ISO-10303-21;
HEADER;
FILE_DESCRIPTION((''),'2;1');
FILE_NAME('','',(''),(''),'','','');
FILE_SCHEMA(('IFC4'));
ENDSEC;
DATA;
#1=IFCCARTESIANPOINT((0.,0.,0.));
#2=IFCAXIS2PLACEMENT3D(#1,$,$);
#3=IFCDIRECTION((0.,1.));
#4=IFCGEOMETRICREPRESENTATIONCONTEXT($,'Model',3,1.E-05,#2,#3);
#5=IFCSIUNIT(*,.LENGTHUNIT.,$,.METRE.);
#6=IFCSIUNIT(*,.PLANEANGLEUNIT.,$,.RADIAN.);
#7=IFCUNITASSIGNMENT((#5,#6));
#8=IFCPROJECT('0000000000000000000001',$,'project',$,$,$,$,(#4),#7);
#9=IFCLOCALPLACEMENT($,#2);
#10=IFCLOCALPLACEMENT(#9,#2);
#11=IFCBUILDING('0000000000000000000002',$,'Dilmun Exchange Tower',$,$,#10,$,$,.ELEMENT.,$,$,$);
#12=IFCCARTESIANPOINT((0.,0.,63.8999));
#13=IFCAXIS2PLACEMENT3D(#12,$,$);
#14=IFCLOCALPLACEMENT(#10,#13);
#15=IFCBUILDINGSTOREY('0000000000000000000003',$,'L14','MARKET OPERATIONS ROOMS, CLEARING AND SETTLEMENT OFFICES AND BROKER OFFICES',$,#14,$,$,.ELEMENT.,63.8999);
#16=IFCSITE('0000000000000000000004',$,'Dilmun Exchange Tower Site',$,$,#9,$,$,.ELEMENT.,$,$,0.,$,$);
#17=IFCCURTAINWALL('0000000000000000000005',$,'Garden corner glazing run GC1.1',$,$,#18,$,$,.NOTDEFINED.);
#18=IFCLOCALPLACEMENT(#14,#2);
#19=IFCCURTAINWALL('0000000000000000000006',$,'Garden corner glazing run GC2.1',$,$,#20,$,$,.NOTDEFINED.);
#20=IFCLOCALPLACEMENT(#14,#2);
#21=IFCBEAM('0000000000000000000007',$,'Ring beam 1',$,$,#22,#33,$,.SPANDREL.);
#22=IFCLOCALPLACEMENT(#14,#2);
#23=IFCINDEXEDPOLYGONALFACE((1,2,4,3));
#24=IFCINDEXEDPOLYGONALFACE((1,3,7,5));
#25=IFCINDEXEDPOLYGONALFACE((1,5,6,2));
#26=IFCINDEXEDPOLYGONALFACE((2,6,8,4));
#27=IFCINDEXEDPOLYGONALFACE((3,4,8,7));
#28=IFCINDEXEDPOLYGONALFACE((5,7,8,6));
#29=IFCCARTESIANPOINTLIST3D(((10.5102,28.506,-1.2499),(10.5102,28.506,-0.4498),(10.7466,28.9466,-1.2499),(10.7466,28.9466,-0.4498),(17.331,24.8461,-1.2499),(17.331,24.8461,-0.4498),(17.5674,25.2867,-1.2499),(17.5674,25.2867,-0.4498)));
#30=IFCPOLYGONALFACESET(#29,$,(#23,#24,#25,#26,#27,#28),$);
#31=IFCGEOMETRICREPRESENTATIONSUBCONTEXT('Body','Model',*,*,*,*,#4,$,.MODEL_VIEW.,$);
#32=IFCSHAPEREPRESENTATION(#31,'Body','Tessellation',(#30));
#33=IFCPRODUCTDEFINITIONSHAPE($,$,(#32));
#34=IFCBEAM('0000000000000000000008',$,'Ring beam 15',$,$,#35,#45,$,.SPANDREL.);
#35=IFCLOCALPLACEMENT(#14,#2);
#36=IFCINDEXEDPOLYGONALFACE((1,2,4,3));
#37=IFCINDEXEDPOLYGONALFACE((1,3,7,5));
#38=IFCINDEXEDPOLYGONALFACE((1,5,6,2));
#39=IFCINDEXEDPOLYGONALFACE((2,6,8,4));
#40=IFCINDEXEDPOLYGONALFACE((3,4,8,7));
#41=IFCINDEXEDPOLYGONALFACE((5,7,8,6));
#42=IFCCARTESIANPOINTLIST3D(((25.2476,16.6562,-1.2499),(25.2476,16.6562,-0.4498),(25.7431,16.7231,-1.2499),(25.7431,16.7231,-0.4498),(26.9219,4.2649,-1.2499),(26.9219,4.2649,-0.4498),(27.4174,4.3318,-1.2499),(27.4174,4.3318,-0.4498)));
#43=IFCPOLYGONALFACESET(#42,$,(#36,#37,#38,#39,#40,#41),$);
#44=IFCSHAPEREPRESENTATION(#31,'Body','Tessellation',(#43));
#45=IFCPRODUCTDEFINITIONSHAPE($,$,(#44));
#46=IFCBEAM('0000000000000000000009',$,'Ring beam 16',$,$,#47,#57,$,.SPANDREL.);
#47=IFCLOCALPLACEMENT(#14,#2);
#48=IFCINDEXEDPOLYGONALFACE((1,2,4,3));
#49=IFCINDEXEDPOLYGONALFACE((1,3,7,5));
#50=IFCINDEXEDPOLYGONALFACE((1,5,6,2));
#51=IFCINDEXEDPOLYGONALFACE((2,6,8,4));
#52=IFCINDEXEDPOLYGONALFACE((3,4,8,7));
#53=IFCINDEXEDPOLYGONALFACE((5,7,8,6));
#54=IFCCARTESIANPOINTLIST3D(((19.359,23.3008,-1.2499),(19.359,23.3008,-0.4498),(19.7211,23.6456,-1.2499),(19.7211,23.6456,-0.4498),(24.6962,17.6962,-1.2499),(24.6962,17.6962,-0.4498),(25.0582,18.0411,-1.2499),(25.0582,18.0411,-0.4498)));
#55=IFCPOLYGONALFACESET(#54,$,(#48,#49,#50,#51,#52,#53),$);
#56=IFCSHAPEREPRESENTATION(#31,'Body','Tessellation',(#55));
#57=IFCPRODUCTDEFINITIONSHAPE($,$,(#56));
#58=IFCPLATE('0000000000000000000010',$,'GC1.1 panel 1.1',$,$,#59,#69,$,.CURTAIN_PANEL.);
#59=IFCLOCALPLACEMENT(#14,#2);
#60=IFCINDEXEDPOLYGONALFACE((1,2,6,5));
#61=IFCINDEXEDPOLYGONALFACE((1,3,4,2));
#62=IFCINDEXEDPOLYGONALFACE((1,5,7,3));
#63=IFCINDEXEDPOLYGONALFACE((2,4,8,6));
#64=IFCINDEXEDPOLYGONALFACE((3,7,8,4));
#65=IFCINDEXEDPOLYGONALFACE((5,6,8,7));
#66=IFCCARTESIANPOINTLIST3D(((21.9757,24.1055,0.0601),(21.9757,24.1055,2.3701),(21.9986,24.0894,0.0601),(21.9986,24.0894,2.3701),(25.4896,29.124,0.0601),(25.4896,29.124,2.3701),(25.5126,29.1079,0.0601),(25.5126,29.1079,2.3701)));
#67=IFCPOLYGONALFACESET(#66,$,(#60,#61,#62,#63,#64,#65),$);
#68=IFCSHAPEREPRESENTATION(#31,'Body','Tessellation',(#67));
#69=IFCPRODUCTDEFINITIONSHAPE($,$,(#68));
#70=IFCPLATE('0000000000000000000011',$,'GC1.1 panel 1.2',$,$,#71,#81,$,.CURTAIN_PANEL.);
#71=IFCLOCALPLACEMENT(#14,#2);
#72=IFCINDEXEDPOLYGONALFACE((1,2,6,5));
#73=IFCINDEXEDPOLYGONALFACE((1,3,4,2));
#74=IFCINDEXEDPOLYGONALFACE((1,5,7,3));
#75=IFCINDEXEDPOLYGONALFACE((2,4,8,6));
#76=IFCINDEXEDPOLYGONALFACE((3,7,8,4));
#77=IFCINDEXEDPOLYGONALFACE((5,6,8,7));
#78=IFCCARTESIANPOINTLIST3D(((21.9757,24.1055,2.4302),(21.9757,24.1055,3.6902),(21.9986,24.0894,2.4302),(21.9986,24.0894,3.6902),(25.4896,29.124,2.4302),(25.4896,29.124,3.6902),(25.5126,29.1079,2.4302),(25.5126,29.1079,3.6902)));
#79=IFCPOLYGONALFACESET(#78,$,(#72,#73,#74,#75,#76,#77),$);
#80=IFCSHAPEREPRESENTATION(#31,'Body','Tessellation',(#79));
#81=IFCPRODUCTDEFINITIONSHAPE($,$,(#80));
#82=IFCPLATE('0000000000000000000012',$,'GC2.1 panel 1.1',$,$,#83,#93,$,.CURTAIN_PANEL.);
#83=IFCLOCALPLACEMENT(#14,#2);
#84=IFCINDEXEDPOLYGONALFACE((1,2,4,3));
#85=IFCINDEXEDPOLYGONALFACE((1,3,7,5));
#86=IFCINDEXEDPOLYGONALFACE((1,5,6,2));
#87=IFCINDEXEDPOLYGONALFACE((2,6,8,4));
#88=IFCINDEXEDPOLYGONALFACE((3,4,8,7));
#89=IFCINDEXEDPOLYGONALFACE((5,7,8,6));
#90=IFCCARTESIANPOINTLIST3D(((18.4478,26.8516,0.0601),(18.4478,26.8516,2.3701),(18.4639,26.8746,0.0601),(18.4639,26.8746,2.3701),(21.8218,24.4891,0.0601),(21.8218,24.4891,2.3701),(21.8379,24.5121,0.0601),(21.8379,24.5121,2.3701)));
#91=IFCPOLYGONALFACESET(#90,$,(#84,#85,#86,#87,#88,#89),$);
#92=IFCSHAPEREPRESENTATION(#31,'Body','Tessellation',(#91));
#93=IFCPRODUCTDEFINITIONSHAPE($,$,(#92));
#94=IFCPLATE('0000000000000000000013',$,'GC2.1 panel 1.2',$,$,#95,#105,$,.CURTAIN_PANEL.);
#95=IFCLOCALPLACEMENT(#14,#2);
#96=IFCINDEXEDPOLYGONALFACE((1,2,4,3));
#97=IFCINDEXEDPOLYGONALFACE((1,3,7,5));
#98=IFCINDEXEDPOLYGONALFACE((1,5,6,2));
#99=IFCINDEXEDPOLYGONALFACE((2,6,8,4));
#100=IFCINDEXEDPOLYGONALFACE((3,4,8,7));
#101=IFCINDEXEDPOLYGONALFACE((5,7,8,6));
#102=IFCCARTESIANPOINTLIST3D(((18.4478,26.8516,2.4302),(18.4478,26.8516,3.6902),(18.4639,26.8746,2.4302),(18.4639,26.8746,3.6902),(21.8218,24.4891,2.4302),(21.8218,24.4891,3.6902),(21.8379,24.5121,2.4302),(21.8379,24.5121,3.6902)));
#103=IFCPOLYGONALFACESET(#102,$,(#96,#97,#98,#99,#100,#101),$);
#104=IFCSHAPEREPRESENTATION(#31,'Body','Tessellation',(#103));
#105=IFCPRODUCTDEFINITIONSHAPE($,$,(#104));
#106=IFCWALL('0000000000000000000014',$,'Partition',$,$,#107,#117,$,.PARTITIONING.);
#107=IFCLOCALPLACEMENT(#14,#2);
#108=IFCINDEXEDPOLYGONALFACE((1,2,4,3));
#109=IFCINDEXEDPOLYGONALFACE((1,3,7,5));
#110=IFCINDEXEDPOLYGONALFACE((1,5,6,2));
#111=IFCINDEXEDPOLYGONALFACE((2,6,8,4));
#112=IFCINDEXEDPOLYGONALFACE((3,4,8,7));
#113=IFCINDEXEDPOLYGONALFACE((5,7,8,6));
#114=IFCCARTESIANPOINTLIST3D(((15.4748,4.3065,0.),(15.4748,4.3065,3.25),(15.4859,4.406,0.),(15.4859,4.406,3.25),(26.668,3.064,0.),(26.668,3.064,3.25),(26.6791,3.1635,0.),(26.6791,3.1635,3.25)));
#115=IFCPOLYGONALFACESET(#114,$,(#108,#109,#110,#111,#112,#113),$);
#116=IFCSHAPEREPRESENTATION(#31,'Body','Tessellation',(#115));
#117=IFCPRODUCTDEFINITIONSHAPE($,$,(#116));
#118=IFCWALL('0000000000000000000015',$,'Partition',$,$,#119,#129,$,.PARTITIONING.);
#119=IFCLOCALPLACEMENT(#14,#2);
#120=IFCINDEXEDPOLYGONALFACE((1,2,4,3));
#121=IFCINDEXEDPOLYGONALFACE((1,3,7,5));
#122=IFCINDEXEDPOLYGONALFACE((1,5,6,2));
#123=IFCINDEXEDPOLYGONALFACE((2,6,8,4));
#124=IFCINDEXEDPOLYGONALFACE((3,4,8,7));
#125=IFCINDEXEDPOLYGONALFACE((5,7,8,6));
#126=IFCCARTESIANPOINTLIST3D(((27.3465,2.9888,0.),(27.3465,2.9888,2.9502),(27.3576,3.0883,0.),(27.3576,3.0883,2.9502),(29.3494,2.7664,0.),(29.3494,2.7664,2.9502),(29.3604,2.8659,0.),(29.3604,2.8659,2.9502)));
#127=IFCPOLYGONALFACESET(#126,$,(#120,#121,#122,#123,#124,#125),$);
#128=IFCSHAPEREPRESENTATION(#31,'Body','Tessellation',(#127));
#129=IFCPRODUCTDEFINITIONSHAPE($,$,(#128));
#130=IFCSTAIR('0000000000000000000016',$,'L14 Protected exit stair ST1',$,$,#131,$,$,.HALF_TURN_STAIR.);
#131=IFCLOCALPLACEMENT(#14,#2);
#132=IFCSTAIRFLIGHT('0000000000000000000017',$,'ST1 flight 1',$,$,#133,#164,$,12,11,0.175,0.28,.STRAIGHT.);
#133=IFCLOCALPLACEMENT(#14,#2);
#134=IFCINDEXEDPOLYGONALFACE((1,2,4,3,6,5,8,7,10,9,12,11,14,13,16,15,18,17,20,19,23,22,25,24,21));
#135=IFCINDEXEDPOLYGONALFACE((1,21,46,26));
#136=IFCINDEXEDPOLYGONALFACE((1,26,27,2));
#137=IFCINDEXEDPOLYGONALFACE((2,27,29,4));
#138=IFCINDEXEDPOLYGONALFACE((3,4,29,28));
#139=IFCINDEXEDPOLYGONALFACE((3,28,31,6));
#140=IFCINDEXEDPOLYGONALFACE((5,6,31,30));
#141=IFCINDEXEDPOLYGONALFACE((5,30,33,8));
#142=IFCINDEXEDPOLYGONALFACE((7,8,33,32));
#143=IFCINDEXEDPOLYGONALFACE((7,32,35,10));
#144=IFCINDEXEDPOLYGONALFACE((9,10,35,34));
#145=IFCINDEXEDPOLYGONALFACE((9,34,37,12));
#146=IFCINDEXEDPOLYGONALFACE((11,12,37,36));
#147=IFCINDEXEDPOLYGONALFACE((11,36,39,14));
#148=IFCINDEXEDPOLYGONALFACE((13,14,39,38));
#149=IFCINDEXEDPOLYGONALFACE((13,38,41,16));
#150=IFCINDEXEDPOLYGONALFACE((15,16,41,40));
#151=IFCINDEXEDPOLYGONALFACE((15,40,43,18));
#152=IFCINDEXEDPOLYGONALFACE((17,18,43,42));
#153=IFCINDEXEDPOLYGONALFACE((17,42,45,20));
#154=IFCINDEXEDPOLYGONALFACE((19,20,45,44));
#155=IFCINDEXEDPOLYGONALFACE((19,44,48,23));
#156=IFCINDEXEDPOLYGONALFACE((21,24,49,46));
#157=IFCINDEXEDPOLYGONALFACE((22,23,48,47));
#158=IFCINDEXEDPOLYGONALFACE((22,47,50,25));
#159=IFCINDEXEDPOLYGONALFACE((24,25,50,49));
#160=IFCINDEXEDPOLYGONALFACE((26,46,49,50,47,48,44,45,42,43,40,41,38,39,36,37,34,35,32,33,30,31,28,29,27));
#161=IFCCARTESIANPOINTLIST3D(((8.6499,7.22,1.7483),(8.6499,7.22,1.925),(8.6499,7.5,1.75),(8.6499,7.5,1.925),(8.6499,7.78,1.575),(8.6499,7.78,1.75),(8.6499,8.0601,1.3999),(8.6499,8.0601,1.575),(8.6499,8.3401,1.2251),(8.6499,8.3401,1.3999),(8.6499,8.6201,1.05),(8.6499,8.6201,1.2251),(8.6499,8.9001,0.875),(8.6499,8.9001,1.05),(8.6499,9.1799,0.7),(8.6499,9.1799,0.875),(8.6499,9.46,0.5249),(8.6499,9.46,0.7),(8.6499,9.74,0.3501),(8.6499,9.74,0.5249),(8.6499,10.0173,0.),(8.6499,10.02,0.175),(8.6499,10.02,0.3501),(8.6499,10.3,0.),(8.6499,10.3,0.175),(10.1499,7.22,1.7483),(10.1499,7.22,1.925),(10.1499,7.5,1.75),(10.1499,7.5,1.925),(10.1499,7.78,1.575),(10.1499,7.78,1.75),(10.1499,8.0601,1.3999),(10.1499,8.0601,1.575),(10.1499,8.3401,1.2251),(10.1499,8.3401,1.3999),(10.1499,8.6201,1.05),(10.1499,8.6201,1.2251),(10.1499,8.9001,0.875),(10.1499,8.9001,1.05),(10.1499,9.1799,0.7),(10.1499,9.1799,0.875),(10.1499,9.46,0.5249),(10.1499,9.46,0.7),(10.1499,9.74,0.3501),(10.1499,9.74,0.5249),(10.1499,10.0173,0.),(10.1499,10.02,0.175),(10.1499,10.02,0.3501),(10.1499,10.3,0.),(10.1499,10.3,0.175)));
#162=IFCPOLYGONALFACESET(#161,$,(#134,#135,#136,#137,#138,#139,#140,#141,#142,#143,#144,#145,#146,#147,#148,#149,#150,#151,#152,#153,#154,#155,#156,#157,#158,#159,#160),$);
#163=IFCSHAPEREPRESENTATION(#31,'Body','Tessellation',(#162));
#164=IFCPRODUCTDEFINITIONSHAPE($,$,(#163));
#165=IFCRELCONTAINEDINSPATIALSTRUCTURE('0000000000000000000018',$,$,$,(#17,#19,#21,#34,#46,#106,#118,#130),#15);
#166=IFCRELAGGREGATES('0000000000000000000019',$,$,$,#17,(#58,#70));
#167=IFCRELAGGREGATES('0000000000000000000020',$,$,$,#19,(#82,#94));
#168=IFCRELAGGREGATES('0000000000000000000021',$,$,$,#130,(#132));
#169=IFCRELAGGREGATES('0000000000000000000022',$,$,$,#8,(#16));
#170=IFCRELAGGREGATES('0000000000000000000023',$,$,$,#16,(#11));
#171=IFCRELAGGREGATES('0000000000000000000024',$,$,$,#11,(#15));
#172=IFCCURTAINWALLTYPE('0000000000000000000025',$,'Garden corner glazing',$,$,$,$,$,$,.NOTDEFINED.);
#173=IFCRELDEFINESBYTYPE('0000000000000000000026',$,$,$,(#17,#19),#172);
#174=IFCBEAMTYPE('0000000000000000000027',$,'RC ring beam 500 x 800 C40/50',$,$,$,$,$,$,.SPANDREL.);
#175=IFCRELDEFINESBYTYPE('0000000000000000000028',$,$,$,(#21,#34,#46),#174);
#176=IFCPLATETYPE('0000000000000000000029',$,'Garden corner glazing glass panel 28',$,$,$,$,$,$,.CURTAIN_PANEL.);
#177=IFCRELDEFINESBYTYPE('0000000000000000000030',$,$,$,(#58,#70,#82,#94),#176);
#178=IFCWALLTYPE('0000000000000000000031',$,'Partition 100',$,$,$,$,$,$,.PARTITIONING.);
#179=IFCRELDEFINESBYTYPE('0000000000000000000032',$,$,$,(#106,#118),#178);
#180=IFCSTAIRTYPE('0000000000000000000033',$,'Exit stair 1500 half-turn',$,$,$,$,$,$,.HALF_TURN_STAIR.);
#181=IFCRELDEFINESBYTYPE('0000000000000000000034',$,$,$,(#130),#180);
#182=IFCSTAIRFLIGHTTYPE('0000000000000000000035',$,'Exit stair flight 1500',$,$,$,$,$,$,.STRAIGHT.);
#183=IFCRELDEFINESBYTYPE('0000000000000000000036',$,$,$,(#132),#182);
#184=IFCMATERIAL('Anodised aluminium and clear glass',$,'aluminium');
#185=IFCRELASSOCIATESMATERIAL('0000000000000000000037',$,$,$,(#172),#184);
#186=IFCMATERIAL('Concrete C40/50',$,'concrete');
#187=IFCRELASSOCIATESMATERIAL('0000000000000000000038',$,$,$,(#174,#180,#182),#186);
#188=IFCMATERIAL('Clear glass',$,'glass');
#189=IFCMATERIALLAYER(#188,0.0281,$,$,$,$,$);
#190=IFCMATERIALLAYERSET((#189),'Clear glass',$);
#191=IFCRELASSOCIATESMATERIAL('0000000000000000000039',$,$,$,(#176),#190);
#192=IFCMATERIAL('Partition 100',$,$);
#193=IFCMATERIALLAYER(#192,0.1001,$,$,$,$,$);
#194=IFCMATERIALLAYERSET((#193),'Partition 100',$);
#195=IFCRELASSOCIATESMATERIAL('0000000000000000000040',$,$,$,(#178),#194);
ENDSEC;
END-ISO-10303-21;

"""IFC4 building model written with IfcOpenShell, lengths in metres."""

from ifc_helpers import new_model, si_unit, direction, frame, frame_2d, origin, origin_2d, place, context, subcontext, project, spatial, polyline, rectangle, outline, extrude, material, layer, layer_set, material_profile, profile_set, type_object, element, aggregate, save


model = new_model("IFC4")

# Units and contexts
model_context = context("Model", 3, precision=1e-05, world=origin(), true_north=direction((0.0, 1.0)))
body_context = subcontext(model_context, "Body", "Model", "MODEL_VIEW")
ifc_project = project(units=[si_unit("LENGTHUNIT", "METRE"), si_unit("PLANEANGLEUNIT", "RADIAN")], contexts=[model_context])

# Site, building, storey
site_placement = place(None, origin())
site = spatial("IfcSite", under=ifc_project, at=site_placement, Name="Dilmun Exchange Tower Site", CompositionType="ELEMENT", RefElevation=0.0)
building_placement = place(site_placement, origin())
building = spatial("IfcBuilding", under=site, at=building_placement, Name="Dilmun Exchange Tower", CompositionType="ELEMENT")
storey_placement = place(building_placement, frame((0.0, 0.0, 63.8999)))
storey = spatial("IfcBuildingStorey", under=building, at=storey_placement, Name="L14", Description="MARKET OPERATIONS ROOMS, CLEARING AND SETTLEMENT OFFICES AND BROKER OFFICES", CompositionType="ELEMENT", Elevation=63.8999)

# Curtain wall
ifc_material_1 = material(Name="Anodised aluminium and clear glass", Category="aluminium")
curtain_wall_type = type_object("IfcCurtainWallType", Name="Garden corner glazing", PredefinedType="NOTDEFINED", material=ifc_material_1)
curtain_wall_1_placement = place(storey_placement, origin())
curtain_wall_1 = element("IfcCurtainWall", 1, at=curtain_wall_1_placement, inside=storey, type_object=curtain_wall_type, Name="Garden corner glazing run GC1.1", PredefinedType="NOTDEFINED")

# Curtain wall
curtain_wall_2_placement = place(storey_placement, origin())
curtain_wall_2 = element("IfcCurtainWall", 2, at=curtain_wall_2_placement, inside=storey, type_object=curtain_wall_type, Name="Garden corner glazing run GC2.1", PredefinedType="NOTDEFINED")

# Beams
ifc_material_2 = material(Name="Concrete C40/50", Category="concrete")
ifc_material_profile_1 = material_profile(ifc_material_2, rectangle(XDim=0.5, YDim=0.8, at=origin_2d()), Name="500 x 800")
ifc_profile_set_1 = profile_set([ifc_material_profile_1], Name="Concrete C40/50")
beam_type_1 = type_object("IfcBeamType", Name="RC ring beam 500 x 800 C40/50", PredefinedType="SPANDREL", material=ifc_profile_set_1)
beam_1_placement = place(storey_placement, frame((17.4492, 25.0664, -0.8499), z_axis=(-0.881162, 0.472815, 0.0), x_axis=(-0.472815, -0.881162, 0.0)))
element("IfcBeam", 3, at=beam_1_placement, inside=storey, type_object=beam_type_1, Name="Ring beam 1", PredefinedType="SPANDREL", context=body_context, shape_type="SweptSolid", body=[
    extrude(rectangle(XDim=0.5, YDim=0.8, at=origin_2d()), origin(), (0.0, 0.0, 1.0), 7.7407),
])
beam_2_placement = place(storey_placement, frame((27.1697, 4.2983, -0.8499), z_axis=(-0.133903, 0.990994, 0.0), x_axis=(-0.990994, -0.133903, 0.0)))
element("IfcBeam", 4, at=beam_2_placement, inside=storey, type_object=beam_type_1, Name="Ring beam 15", PredefinedType="SPANDREL", context=body_context, shape_type="SweptSolid", body=[
    extrude(rectangle(XDim=0.5, YDim=0.8, at=origin_2d()), origin(), (0.0, 0.0, 1.0), 12.5039),
])
beam_3_placement = place(storey_placement, frame((24.8772, 17.8687, -0.8499), z_axis=(-0.689624, 0.724167, 0.0), x_axis=(-0.724167, -0.689624, 0.0)))
element("IfcBeam", 5, at=beam_3_placement, inside=storey, type_object=beam_type_1, Name="Ring beam 16", PredefinedType="SPANDREL", context=body_context, shape_type="SweptSolid", body=[
    extrude(rectangle(XDim=0.5, YDim=0.8, at=origin_2d()), origin(), (0.0, 0.0, 1.0), 7.7393),
])

# Plates
ifc_material_3 = material(Name="Clear glass", Category="glass")
ifc_layer_1 = layer(ifc_material_3, 0.0281)
ifc_layer_set_1 = layer_set([ifc_layer_1], Name="Clear glass")
plate_type = type_object("IfcPlateType", Name="Garden corner glazing glass panel 28", PredefinedType="CURTAIN_PANEL", material=ifc_layer_set_1)
plate_1_placement = place(storey_placement, frame((23.7441, 26.6067, 0.0601), z_axis=(0.0, 0.0, 1.0), x_axis=(-0.573574, -0.819154, 0.0)))
plate_1 = element("IfcPlate", 6, at=plate_1_placement, type_object=plate_type, Name="GC1.1 panel 1.1", PredefinedType="CURTAIN_PANEL", context=body_context, shape_type="SweptSolid", body=[
    extrude(rectangle(XDim=6.1265, YDim=0.0281, at=origin_2d()), origin(), (0.0, 0.0, 1.0), 2.3101),
])
plate_2_placement = place(storey_placement, frame((23.7441, 26.6067, 2.4302), z_axis=(0.0, 0.0, 1.0), x_axis=(-0.573574, -0.819154, 0.0)))
plate_2 = element("IfcPlate", 7, at=plate_2_placement, type_object=plate_type, Name="GC1.1 panel 1.2", PredefinedType="CURTAIN_PANEL", context=body_context, shape_type="SweptSolid", body=[
    extrude(rectangle(XDim=6.1265, YDim=0.0281, at=origin_2d()), origin(), (0.0, 0.0, 1.0), 1.26),
])
aggregate(curtain_wall_1, [plate_1, plate_2])
plate_3_placement = place(storey_placement, frame((20.1428, 25.6819, 0.0601), z_axis=(0.0, 0.0, 1.0), x_axis=(-0.819152, 0.573576, 0.0)))
plate_3 = element("IfcPlate", 8, at=plate_3_placement, type_object=plate_type, Name="GC2.1 panel 1.1", PredefinedType="CURTAIN_PANEL", context=body_context, shape_type="SweptSolid", body=[
    extrude(rectangle(XDim=4.1189, YDim=0.0281, at=origin_2d()), origin(), (0.0, 0.0, 1.0), 2.3101),
])
plate_4_placement = place(storey_placement, frame((20.1428, 25.6819, 2.4302), z_axis=(0.0, 0.0, 1.0), x_axis=(-0.819152, 0.573576, 0.0)))
plate_4 = element("IfcPlate", 9, at=plate_4_placement, type_object=plate_type, Name="GC2.1 panel 1.2", PredefinedType="CURTAIN_PANEL", context=body_context, shape_type="SweptSolid", body=[
    extrude(rectangle(XDim=4.1189, YDim=0.0281, at=origin_2d()), origin(), (0.0, 0.0, 1.0), 1.26),
])
aggregate(curtain_wall_2, [plate_3, plate_4])

# Walls
ifc_material_4 = material(Name="Partition 100")
ifc_layer_2 = layer(ifc_material_4, 0.1001)
ifc_layer_set_2 = layer_set([ifc_layer_2], Name="Partition 100")
wall_type = type_object("IfcWallType", Name="Partition 100", PredefinedType="PARTITIONING", material=ifc_layer_set_2)
wall_1_placement = place(storey_placement, frame((15.4805, 4.3562, 0.0), z_axis=(0.0, 0.0, 1.0), x_axis=(0.993896, -0.110322, 0.0)))
element("IfcWall", 10, at=wall_1_placement, inside=storey, type_object=wall_type, Name="Partition", PredefinedType="PARTITIONING", context=body_context, shape_type="SweptSolid", body=[
    extrude(rectangle(XDim=11.262, YDim=0.1001, at=frame_2d((5.6309, 0.0))), origin(), (0.0, 0.0, 1.0), 3.25),
])
wall_2_placement = place(storey_placement, frame((27.3521, 3.0386, 0.0), z_axis=(0.0, 0.0, 1.0), x_axis=(0.993891, -0.110365, 0.0)))
element("IfcWall", 11, at=wall_2_placement, inside=storey, type_object=wall_type, Name="Partition", PredefinedType="PARTITIONING", context=body_context, shape_type="SweptSolid", body=[
    extrude(rectangle(XDim=2.0151, YDim=0.1001, at=frame_2d((1.0076, 0.0))), origin(), (0.0, 0.0, 1.0), 2.9502),
])

# Stair, stair flight
stair_type = type_object("IfcStairType", Name="Exit stair 1500 half-turn", PredefinedType="HALF_TURN_STAIR", material=ifc_material_2)
stair_placement = place(storey_placement, origin())
stair = element("IfcStair", 12, at=stair_placement, inside=storey, type_object=stair_type, Name="L14 Protected exit stair ST1", PredefinedType="HALF_TURN_STAIR")
stair_flight_type = type_object("IfcStairFlightType", Name="Exit stair flight 1500", PredefinedType="STRAIGHT", material=ifc_material_2)
stair_flight_1_placement = place(storey_placement, frame((9.3999, 10.3, 0.0), z_axis=(0.0, 0.0, 1.0), x_axis=(0.0, -1.0, 0.0)))
stair_flight_1 = element("IfcStairFlight", 13, at=stair_flight_1_placement, type_object=stair_flight_type, Name="ST1 flight 1", NumberOfRisers=12, NumberOfTreads=11, PredefinedType="STRAIGHT", RiserHeight=0.175, TreadLength=0.28, context=body_context, shape_type="SweptSolid", body=[
    extrude(outline(polyline([(0.0, 0.0), (0.0, 0.175), (0.28, 0.175), (0.28, 0.3501), (0.5601, 0.3501), (0.5601, 0.5249), (0.8401, 0.5249), (0.8401, 0.7), (1.1201, 0.7), (1.1201, 0.875), (1.3999, 0.875), (1.3999, 1.05), (1.6799, 1.05), (1.6799, 1.2251), (1.96, 1.2251), (1.96, 1.3999), (2.24, 1.3999), (2.24, 1.575), (2.52, 1.575), (2.52, 1.75), (2.8, 1.75), (2.8, 1.925), (3.0801, 1.925), (3.0801, 2.1001), (3.0801, 1.7483), (0.2827, 0.0), (0.0, 0.0)])), frame((0.0, 0.75, 0.0), z_axis=(0.0, -1.0, 0.0), x_axis=(1.0, 0.0, 0.0)), (0.0, 0.0, 1.0), 1.5),
])
aggregate(stair, [stair_flight_1])

save(model, "model.ifc")
